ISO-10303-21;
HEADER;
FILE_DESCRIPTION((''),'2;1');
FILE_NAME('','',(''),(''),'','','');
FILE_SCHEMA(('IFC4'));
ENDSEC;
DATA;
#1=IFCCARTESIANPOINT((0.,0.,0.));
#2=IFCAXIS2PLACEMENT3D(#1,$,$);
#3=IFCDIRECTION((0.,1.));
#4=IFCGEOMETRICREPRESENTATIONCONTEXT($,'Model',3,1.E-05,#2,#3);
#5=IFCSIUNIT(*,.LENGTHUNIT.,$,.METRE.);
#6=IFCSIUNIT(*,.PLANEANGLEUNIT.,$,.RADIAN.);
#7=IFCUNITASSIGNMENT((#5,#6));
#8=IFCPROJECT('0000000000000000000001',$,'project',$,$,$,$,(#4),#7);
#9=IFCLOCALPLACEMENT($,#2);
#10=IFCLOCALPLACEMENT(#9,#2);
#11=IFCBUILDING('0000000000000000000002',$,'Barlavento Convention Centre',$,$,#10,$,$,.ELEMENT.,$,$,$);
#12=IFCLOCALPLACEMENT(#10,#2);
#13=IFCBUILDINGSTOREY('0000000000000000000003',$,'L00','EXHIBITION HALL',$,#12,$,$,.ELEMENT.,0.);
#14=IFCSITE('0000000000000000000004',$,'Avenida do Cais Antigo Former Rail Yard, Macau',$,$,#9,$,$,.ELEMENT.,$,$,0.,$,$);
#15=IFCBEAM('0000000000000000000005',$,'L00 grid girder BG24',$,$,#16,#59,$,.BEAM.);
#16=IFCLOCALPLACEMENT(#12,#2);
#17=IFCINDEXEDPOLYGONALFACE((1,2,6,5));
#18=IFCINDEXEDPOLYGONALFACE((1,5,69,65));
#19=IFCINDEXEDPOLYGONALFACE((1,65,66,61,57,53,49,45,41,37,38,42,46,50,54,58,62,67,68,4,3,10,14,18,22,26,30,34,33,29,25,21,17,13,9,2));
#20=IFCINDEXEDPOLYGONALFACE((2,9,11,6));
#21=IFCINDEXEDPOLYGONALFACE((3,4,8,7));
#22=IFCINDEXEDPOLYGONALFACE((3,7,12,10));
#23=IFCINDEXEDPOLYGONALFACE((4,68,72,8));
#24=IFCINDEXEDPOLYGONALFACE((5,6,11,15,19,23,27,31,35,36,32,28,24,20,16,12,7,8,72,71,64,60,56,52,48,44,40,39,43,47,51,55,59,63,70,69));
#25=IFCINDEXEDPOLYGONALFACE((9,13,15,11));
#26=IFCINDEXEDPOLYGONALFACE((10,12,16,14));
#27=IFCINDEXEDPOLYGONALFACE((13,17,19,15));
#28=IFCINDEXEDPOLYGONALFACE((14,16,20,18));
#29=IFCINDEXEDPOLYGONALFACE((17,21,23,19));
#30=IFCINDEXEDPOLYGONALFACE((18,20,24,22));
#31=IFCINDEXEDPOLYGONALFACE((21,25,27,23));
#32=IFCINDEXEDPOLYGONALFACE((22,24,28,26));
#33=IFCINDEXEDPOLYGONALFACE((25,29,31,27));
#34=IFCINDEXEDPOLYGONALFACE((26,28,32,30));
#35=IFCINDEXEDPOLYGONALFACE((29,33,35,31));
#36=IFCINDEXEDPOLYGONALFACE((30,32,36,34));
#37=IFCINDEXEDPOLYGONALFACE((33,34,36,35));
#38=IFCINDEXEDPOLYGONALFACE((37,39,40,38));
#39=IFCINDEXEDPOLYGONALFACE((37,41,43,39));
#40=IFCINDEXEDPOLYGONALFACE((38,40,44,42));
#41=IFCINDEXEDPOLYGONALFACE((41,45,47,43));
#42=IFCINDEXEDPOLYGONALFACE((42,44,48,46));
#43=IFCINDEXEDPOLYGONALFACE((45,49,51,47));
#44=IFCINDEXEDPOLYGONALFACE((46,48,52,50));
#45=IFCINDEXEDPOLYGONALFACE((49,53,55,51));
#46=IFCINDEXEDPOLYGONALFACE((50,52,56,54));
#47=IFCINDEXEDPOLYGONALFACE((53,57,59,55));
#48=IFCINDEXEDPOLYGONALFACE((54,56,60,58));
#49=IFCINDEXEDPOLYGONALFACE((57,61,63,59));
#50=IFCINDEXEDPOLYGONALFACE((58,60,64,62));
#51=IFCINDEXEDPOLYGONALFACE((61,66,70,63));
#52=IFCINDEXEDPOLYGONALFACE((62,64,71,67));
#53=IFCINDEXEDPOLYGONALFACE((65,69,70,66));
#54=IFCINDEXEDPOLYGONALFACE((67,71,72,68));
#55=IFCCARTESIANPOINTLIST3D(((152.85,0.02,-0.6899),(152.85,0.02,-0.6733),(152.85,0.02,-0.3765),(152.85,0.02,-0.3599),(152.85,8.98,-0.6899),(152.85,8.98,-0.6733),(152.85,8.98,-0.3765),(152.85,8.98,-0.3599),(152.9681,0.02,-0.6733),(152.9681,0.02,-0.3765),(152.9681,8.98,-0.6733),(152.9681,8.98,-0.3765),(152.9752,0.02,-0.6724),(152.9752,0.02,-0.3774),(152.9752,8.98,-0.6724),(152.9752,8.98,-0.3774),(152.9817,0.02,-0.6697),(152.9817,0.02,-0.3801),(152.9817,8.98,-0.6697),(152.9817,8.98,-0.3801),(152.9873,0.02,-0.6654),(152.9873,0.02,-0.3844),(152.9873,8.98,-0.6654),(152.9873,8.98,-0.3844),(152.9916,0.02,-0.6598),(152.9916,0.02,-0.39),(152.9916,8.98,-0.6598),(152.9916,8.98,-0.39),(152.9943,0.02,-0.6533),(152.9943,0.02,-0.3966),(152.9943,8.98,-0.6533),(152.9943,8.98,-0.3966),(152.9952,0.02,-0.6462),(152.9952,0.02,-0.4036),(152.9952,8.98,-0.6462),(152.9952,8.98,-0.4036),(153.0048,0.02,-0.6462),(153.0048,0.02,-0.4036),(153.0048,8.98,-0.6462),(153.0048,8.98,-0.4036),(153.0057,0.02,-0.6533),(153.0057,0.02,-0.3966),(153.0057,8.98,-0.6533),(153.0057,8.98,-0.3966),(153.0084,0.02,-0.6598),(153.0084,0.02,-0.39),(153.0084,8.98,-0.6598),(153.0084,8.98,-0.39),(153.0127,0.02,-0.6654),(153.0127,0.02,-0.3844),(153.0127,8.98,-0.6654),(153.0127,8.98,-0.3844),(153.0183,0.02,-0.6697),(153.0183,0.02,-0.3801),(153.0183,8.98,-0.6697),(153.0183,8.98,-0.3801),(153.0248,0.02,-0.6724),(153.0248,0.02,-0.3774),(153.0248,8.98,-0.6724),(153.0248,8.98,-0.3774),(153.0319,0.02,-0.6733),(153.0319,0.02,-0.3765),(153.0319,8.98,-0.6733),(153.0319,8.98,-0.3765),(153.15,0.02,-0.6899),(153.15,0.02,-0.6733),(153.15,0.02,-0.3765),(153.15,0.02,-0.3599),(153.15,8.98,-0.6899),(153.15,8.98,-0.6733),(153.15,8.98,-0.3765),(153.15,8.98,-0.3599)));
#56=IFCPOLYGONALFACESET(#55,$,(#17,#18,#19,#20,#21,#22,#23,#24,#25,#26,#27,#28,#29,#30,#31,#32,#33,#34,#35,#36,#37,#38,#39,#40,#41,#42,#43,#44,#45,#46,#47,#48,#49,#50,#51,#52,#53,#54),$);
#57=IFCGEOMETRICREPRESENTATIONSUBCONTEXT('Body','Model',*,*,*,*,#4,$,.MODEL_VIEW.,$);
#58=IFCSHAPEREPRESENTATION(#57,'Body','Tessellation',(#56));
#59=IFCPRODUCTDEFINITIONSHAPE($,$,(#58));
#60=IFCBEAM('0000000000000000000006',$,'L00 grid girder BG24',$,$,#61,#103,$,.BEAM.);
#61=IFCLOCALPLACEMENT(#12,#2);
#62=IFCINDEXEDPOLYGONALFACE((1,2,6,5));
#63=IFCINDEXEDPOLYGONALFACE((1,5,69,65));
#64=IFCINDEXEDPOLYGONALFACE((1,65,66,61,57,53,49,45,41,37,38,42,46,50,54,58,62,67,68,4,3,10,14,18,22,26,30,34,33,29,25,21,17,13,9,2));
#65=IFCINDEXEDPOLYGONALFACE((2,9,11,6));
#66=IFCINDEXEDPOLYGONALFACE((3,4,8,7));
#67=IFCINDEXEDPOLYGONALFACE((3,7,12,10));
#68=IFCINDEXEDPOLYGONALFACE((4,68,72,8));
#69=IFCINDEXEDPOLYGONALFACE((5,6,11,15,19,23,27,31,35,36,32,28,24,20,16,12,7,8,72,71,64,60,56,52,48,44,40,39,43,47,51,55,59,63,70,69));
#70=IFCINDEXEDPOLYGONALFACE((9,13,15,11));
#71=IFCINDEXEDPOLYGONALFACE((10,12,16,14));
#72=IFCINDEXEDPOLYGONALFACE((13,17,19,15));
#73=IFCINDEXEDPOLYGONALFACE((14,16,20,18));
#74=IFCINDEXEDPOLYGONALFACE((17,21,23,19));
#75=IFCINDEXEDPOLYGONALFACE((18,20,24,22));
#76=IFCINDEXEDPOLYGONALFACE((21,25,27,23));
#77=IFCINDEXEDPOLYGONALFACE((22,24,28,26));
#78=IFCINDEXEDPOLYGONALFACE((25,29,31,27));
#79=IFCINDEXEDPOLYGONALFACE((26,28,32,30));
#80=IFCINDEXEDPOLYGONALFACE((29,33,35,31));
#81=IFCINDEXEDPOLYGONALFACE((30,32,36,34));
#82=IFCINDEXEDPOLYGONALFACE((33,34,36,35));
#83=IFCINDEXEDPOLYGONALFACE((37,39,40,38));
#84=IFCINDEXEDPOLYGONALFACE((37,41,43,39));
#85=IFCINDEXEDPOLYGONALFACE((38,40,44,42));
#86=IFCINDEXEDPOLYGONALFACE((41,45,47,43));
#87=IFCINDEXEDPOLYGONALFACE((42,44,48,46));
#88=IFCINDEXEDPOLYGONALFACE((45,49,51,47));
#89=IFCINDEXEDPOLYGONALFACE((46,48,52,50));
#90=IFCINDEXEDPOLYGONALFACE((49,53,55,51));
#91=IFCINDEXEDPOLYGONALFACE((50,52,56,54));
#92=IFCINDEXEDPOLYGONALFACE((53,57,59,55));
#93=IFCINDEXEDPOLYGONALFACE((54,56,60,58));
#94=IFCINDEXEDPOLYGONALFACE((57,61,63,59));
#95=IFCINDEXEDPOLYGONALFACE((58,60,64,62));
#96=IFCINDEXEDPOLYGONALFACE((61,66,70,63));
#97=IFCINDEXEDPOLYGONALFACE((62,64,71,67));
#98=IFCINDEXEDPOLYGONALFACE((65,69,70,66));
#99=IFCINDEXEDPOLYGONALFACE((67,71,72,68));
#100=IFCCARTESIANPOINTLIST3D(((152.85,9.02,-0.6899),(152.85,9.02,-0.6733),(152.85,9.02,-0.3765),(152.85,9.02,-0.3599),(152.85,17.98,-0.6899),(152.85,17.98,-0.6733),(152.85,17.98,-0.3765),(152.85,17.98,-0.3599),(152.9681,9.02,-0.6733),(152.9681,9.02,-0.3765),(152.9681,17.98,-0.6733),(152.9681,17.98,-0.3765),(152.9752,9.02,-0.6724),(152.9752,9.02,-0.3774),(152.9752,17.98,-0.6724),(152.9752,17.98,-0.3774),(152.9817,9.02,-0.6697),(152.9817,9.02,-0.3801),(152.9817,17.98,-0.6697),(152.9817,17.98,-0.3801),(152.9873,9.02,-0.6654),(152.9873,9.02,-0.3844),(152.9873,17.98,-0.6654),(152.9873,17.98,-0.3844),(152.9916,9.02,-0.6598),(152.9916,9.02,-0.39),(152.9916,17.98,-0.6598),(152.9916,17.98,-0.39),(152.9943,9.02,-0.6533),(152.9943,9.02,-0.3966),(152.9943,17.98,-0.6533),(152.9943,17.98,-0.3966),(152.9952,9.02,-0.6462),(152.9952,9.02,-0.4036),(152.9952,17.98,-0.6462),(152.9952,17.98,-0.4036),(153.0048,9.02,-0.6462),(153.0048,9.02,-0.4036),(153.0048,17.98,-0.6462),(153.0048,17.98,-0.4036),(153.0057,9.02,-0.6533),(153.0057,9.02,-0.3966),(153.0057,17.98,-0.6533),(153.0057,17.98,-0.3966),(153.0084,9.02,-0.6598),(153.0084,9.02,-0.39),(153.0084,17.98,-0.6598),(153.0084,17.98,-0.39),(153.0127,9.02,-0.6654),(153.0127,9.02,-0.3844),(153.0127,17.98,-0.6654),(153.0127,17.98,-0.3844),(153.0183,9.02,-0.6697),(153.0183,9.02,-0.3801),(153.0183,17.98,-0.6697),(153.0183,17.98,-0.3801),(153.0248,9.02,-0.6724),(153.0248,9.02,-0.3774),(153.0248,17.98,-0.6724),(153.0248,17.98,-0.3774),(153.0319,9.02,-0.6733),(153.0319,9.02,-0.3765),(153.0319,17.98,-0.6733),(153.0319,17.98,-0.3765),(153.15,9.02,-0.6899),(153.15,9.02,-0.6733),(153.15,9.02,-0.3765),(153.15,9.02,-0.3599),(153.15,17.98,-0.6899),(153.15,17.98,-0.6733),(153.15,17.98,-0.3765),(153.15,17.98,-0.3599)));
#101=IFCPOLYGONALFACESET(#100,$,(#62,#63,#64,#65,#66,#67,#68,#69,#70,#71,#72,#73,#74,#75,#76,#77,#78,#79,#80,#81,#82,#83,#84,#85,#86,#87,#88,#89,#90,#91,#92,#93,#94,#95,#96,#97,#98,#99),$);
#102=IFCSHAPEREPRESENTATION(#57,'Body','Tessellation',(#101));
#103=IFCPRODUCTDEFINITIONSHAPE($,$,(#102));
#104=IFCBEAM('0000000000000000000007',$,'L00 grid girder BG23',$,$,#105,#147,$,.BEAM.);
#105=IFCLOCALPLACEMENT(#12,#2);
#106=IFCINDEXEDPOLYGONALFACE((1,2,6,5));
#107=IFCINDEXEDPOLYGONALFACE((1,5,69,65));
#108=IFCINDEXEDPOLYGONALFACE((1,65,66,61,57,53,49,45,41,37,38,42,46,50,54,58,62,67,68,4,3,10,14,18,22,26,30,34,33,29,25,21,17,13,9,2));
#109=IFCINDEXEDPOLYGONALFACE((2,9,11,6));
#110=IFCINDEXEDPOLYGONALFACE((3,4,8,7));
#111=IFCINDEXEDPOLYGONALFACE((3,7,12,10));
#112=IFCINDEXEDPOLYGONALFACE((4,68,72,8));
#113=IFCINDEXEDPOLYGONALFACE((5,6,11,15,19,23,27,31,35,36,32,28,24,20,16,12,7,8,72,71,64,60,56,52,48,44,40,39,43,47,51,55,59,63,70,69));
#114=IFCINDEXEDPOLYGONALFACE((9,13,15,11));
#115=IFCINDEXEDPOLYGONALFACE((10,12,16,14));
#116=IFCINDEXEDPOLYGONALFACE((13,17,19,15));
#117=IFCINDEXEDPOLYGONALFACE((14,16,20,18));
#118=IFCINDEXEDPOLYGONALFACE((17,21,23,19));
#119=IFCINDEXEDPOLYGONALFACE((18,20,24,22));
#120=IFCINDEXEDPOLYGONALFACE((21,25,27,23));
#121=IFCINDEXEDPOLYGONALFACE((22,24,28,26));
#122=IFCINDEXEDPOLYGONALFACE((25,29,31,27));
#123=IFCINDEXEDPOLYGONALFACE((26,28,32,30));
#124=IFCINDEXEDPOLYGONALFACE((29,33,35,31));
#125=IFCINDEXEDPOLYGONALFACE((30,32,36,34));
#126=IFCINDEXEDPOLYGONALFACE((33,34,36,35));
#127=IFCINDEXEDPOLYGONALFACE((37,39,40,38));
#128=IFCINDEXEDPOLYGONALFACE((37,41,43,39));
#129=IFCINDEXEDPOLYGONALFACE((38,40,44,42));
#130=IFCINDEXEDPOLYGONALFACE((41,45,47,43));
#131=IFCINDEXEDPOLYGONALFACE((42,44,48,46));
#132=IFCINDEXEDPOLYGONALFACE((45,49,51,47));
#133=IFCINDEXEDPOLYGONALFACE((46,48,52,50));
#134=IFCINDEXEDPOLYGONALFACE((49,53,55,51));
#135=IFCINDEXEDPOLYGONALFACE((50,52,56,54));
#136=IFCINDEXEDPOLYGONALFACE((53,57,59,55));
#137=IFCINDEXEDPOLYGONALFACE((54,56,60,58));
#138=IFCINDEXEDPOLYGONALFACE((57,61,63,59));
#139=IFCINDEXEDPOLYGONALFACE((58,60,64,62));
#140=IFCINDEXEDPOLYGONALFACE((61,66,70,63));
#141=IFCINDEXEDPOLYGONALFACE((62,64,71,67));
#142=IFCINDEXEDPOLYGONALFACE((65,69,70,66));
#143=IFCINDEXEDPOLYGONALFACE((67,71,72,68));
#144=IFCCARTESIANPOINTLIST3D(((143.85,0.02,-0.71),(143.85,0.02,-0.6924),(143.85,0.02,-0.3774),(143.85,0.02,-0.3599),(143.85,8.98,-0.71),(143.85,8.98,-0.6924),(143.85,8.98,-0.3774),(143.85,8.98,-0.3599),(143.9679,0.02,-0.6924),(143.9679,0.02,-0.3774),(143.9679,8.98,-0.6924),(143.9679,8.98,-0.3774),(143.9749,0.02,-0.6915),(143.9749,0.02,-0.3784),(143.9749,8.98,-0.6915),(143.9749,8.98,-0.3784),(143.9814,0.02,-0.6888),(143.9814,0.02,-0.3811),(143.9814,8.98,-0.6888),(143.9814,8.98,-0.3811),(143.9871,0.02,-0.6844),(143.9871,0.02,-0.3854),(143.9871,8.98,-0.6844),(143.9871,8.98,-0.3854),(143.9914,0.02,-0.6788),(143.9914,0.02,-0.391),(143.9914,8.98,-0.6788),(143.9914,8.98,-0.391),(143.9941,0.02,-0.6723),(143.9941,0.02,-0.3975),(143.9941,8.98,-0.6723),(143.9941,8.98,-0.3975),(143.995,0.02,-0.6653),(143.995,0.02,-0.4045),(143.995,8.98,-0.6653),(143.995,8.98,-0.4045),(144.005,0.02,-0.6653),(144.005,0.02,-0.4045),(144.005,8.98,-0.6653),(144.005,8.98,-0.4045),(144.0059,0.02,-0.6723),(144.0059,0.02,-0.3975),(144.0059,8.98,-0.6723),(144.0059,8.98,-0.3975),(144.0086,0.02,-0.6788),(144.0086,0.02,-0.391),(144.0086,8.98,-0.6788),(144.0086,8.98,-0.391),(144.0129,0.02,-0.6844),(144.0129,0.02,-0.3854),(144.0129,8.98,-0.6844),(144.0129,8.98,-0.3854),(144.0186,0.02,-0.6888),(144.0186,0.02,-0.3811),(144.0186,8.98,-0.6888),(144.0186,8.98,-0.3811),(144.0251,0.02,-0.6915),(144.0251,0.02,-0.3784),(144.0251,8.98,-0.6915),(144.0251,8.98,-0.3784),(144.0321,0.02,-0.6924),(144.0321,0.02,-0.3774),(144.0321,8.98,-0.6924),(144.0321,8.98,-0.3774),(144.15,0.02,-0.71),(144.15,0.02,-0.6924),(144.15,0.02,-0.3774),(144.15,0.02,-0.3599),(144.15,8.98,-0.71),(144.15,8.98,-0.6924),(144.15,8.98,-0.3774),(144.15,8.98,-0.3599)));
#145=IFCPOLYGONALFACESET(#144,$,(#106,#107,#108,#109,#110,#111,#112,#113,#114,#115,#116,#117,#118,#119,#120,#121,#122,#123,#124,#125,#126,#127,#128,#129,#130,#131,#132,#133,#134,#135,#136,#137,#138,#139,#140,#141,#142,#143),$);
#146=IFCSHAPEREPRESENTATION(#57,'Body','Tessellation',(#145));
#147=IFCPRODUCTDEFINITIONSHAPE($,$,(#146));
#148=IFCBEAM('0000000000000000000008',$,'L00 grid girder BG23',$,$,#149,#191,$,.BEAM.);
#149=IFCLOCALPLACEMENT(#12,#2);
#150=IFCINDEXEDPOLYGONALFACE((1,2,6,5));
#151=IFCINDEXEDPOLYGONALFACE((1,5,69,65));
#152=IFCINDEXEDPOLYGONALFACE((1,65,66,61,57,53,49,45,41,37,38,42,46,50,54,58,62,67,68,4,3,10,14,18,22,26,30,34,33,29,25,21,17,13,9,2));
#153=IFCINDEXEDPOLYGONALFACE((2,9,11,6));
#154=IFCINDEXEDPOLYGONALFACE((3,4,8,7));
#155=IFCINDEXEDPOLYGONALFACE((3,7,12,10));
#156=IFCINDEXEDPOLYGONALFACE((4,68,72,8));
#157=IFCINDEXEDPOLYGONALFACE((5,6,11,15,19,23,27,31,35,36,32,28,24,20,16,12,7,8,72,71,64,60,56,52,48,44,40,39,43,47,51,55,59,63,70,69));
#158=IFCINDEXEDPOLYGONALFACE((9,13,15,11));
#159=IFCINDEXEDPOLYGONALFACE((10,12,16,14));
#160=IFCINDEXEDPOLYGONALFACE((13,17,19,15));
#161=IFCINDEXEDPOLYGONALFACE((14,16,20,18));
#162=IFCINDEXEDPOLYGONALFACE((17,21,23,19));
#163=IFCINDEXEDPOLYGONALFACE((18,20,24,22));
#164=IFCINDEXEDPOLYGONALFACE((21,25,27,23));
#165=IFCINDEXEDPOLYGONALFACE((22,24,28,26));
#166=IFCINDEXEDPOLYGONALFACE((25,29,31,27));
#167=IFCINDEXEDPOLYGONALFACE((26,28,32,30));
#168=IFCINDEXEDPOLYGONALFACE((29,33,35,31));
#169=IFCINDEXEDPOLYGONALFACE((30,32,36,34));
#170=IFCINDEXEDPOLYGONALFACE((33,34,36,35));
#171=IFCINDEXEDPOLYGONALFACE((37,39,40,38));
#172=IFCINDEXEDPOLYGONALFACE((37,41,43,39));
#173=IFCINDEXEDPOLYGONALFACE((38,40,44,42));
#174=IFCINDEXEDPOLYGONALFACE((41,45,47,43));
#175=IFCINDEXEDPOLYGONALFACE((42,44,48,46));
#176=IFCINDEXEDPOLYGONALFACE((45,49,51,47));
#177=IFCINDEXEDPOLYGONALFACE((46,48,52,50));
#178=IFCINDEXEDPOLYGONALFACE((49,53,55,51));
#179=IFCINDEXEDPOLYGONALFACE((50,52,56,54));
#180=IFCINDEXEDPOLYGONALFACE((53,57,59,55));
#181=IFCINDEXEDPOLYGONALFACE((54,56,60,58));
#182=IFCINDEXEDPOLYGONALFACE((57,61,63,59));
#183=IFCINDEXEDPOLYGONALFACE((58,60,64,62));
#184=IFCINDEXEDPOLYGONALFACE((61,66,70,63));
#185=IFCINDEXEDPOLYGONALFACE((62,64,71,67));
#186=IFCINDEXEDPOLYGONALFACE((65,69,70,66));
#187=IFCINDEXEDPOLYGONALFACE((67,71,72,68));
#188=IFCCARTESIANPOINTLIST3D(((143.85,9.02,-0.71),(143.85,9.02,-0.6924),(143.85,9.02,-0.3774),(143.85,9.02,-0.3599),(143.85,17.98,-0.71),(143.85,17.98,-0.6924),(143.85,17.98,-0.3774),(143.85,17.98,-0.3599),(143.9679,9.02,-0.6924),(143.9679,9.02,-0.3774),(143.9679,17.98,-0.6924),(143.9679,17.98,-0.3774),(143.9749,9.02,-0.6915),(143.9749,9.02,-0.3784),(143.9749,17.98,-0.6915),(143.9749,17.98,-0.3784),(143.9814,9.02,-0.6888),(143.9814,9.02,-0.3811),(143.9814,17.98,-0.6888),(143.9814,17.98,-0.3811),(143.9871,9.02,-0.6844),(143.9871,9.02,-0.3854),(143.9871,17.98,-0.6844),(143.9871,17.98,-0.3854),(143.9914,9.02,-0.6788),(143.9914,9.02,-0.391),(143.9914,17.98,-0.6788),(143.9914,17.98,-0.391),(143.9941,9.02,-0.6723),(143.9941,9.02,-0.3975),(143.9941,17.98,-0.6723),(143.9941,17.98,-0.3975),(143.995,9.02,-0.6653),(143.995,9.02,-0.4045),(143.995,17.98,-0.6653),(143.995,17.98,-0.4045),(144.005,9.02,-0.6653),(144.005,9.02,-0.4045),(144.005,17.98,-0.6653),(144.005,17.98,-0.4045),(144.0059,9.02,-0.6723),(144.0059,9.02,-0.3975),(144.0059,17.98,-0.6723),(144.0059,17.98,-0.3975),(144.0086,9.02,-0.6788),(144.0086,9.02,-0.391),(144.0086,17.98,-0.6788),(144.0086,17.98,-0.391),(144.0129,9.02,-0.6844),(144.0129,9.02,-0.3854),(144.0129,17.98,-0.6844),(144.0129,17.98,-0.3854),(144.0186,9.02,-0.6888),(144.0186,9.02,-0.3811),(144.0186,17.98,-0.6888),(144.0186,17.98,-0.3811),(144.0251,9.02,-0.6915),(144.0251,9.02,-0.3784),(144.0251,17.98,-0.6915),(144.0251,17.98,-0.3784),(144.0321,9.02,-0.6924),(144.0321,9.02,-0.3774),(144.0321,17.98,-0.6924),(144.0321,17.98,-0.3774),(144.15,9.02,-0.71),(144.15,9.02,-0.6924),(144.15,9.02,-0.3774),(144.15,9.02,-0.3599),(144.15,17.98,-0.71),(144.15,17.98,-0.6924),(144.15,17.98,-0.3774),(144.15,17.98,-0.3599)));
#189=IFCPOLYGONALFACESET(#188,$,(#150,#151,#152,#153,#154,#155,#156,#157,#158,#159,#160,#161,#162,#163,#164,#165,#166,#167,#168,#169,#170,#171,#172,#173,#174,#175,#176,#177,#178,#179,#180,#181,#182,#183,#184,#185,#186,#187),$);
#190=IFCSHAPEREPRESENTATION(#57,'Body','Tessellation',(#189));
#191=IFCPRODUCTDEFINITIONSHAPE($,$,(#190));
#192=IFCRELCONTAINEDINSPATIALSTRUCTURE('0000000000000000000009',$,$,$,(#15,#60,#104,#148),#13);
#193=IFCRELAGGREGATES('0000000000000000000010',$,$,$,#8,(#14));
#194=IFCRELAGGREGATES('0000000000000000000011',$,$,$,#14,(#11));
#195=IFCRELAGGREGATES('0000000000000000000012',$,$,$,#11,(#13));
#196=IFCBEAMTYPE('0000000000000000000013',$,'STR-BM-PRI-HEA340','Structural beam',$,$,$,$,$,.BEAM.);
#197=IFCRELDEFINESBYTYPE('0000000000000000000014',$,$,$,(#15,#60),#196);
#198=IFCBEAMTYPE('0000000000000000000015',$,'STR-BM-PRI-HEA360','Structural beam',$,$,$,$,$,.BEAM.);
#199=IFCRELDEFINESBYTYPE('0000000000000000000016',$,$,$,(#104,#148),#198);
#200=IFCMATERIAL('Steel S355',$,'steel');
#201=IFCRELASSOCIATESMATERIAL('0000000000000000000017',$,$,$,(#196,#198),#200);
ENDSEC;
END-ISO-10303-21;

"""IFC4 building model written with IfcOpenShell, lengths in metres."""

from ifc_helpers import new_model, si_unit, direction, frame, origin, origin_2d, place, context, subcontext, project, spatial, i_section, extrude, material, material_profile, profile_set, type_object, element, save


model = new_model("IFC4")

# Units and contexts
model_context = context("Model", 3, precision=1e-05, world=origin(), true_north=direction((0.0, 1.0)))
body_context = subcontext(model_context, "Body", "Model", "MODEL_VIEW")
ifc_project = project(units=[si_unit("LENGTHUNIT", "METRE"), si_unit("PLANEANGLEUNIT", "RADIAN")], contexts=[model_context])

# Site, building, storey
site_placement = place(None, origin())
site = spatial("IfcSite", under=ifc_project, at=site_placement, Name="Avenida do Cais Antigo Former Rail Yard, Macau", CompositionType="ELEMENT", RefElevation=0.0)
building_placement = place(site_placement, origin())
building = spatial("IfcBuilding", under=site, at=building_placement, Name="Barlavento Convention Centre", CompositionType="ELEMENT")
storey_placement = place(building_placement, origin())
storey = spatial("IfcBuildingStorey", under=building, at=storey_placement, Name="L00", Description="EXHIBITION HALL", CompositionType="ELEMENT", Elevation=0.0)

# Beams
ifc_material_1 = material(Name="Steel S355", Category="steel")
ifc_material_profile_1 = material_profile(ifc_material_1, i_section(OverallWidth=0.3, OverallDepth=0.3301, WebThickness=0.0095, FlangeThickness=0.0166, FilletRadius=0.0271, at=origin_2d()), Name="HEA 340")
ifc_profile_set_1 = profile_set([ifc_material_profile_1], Name="Steel S355")
beam_type_1 = type_object("IfcBeamType", Name="STR-BM-PRI-HEA340", Description="Structural beam", PredefinedType="BEAM", material=ifc_profile_set_1)
for number, where, z_axis, x_axis, name in (
    (1, (153.0, 0.02, -0.5249), (0.0, 1.0, 0.0), (-1.0, 0.0, 0.0), "L00 grid girder BG24"),
    (2, (153.0, 9.02, -0.5249), (0.0, 1.0, 0.0), (-1.0, 0.0, 0.0), "L00 grid girder BG24"),
):
    element("IfcBeam", number, at=place(storey_placement, frame(where, z_axis=z_axis, x_axis=x_axis)), inside=storey, type_object=beam_type_1, Name=name, PredefinedType="BEAM", context=body_context, shape_type="SweptSolid", body=[
        extrude(i_section(OverallWidth=0.3, OverallDepth=0.3301, WebThickness=0.0095, FlangeThickness=0.0166, FilletRadius=0.0271, at=origin_2d()), origin(), (0.0, 0.0, 1.0), 8.96),
    ])
ifc_material_profile_2 = material_profile(ifc_material_1, i_section(OverallWidth=0.3, OverallDepth=0.3501, WebThickness=0.01, FlangeThickness=0.0176, FilletRadius=0.0271, at=origin_2d()), Name="HEA 360")
ifc_profile_set_2 = profile_set([ifc_material_profile_2], Name="Steel S355")
beam_type_2 = type_object("IfcBeamType", Name="STR-BM-PRI-HEA360", Description="Structural beam", PredefinedType="BEAM", material=ifc_profile_set_2)
for number, where, z_axis, x_axis, name in (
    (3, (144.0, 0.02, -0.5349), (0.0, 1.0, 0.0), (-1.0, 0.0, 0.0), "L00 grid girder BG23"),
    (4, (144.0, 9.02, -0.5349), (0.0, 1.0, 0.0), (-1.0, 0.0, 0.0), "L00 grid girder BG23"),
):
    element("IfcBeam", number, at=place(storey_placement, frame(where, z_axis=z_axis, x_axis=x_axis)), inside=storey, type_object=beam_type_2, Name=name, PredefinedType="BEAM", context=body_context, shape_type="SweptSolid", body=[
        extrude(i_section(OverallWidth=0.3, OverallDepth=0.3501, WebThickness=0.01, FlangeThickness=0.0176, FilletRadius=0.0271, at=origin_2d()), origin(), (0.0, 0.0, 1.0), 8.96),
    ])

save(model, "model.ifc")
